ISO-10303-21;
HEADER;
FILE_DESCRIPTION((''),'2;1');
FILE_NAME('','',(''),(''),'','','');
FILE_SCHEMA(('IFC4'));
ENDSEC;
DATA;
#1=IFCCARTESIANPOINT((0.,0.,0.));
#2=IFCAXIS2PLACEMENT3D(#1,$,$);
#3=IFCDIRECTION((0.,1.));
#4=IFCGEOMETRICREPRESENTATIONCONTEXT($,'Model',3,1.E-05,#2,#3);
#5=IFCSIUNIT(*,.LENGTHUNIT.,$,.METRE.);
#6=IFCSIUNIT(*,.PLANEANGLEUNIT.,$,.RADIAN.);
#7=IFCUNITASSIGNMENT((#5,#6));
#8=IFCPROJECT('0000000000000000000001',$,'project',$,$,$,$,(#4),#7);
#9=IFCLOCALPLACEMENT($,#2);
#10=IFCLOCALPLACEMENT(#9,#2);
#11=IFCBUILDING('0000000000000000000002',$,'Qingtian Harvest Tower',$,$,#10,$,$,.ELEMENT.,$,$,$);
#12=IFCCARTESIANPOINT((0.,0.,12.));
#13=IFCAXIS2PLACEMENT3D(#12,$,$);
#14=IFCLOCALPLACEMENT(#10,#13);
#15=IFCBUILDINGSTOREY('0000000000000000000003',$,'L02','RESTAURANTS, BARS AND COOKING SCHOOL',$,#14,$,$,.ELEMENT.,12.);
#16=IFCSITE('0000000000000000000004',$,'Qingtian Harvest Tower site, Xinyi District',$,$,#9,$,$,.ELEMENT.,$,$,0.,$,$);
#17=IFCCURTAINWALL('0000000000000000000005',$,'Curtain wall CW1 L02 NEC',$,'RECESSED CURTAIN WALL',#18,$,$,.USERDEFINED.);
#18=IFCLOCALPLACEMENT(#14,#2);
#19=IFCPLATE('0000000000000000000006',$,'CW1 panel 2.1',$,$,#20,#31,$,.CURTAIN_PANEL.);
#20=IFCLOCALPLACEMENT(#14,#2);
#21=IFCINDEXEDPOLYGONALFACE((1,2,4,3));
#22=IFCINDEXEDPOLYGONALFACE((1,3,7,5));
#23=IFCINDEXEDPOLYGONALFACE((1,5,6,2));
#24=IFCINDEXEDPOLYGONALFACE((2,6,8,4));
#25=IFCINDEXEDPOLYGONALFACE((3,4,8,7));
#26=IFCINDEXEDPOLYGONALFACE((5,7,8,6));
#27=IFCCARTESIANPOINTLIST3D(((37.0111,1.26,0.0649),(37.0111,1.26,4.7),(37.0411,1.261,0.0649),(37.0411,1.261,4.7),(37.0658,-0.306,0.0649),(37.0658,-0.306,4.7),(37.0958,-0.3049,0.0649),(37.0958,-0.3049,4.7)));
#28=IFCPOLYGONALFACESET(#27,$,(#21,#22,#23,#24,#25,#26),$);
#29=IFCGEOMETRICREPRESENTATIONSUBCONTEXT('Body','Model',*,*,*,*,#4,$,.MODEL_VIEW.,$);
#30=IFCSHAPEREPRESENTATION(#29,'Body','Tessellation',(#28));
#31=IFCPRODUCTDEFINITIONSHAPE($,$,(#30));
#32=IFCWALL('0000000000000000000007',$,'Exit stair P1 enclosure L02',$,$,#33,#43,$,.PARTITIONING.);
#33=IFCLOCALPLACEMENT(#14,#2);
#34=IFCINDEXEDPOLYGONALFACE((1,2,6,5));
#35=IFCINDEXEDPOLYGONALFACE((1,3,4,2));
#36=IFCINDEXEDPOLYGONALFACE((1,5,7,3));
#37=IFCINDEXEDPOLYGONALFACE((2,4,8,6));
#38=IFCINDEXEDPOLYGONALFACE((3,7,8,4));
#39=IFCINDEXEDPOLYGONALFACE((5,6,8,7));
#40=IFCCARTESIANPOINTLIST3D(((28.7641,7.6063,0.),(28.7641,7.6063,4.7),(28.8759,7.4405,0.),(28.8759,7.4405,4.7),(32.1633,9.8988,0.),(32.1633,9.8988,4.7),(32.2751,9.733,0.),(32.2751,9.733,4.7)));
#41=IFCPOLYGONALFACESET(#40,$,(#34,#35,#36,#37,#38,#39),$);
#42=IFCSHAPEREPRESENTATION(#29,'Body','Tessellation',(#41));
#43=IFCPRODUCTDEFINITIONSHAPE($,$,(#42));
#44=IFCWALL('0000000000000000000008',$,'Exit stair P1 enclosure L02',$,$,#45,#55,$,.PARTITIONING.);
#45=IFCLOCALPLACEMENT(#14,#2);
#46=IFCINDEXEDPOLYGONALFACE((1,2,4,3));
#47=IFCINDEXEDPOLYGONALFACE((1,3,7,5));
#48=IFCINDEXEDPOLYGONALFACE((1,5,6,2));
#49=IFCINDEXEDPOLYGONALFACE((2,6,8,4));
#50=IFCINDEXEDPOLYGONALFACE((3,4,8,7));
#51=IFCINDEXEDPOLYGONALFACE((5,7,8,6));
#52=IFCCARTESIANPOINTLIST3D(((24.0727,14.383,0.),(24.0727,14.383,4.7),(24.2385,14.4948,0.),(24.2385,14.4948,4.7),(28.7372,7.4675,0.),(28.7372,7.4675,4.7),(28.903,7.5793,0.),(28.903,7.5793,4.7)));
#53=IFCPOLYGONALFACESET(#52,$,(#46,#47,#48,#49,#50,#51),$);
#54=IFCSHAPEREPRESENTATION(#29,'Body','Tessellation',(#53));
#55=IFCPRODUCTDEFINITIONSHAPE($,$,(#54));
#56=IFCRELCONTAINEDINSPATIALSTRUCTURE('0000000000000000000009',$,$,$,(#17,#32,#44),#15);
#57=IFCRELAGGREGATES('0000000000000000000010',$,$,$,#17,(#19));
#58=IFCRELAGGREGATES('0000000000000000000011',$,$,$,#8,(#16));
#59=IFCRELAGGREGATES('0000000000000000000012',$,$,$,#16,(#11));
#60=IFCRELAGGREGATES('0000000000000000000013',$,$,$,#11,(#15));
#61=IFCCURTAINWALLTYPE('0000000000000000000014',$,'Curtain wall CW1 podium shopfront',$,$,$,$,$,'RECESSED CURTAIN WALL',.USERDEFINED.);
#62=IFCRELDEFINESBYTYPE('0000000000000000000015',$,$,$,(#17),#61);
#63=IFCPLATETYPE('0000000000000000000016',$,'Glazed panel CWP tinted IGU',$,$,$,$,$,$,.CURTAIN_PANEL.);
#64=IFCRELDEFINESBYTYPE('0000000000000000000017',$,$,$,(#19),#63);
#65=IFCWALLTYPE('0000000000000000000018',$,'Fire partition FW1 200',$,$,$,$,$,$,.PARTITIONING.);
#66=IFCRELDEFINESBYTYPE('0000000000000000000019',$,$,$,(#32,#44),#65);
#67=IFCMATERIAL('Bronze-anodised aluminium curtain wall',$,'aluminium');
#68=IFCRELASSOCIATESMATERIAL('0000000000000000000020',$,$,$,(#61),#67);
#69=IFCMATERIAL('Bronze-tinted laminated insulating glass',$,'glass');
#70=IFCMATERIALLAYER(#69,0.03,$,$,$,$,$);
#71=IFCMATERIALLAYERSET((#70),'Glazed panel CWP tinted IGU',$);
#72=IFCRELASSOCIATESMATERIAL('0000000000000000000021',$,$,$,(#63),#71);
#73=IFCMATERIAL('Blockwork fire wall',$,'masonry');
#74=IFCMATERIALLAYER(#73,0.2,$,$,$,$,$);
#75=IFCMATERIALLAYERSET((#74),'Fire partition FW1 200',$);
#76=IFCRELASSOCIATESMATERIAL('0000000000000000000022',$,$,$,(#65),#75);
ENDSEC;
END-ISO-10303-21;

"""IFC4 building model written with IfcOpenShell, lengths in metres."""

from ifc_helpers import new_model, si_unit, direction, frame, frame_2d, origin, origin_2d, place, context, subcontext, project, spatial, rectangle, extrude, material, layer, layer_set, type_object, element, aggregate, save


model = new_model("IFC4")

# Units and contexts
model_context = context("Model", 3, precision=1e-05, world=origin(), true_north=direction((0.0, 1.0)))
body_context = subcontext(model_context, "Body", "Model", "MODEL_VIEW")
ifc_project = project(units=[si_unit("LENGTHUNIT", "METRE"), si_unit("PLANEANGLEUNIT", "RADIAN")], contexts=[model_context])

# Site, building, storey
site_placement = place(None, origin())
site = spatial("IfcSite", under=ifc_project, at=site_placement, Name="Qingtian Harvest Tower site, Xinyi District", CompositionType="ELEMENT", RefElevation=0.0)
building_placement = place(site_placement, origin())
building = spatial("IfcBuilding", under=site, at=building_placement, Name="Qingtian Harvest Tower", CompositionType="ELEMENT")
storey_placement = place(building_placement, frame((0.0, 0.0, 12.0)))
storey = spatial("IfcBuildingStorey", under=building, at=storey_placement, Name="L02", Description="RESTAURANTS, BARS AND COOKING SCHOOL", CompositionType="ELEMENT", Elevation=12.0)

# Curtain wall
ifc_material_1 = material(Name="Bronze-anodised aluminium curtain wall", Category="aluminium")
curtain_wall_type = type_object("IfcCurtainWallType", Name="Curtain wall CW1 podium shopfront", ElementType="RECESSED CURTAIN WALL", PredefinedType="USERDEFINED", material=ifc_material_1)
curtain_wall_1_placement = place(storey_placement, origin())
curtain_wall_1 = element("IfcCurtainWall", 1, at=curtain_wall_1_placement, inside=storey, type_object=curtain_wall_type, Name="Curtain wall CW1 L02 NEC", ObjectType="RECESSED CURTAIN WALL", PredefinedType="USERDEFINED")

# Plate
ifc_material_2 = material(Name="Bronze-tinted laminated insulating glass", Category="glass")
ifc_layer_1 = layer(ifc_material_2, 0.03)
ifc_layer_set_1 = layer_set([ifc_layer_1], Name="Glazed panel CWP tinted IGU")
plate_type = type_object("IfcPlateType", Name="Glazed panel CWP tinted IGU", PredefinedType="CURTAIN_PANEL", material=ifc_layer_set_1)
plate_1_placement = place(storey_placement, frame((37.0535, 0.4775, 0.0649), z_axis=(0.0, 0.0, 1.0), x_axis=(0.034899, -0.999391, 0.0)))
plate_1 = element("IfcPlate", 2, at=plate_1_placement, type_object=plate_type, Name="CW1 panel 2.1", PredefinedType="CURTAIN_PANEL", context=body_context, shape_type="SweptSolid", body=[
    extrude(rectangle(XDim=1.5669, YDim=0.03, at=origin_2d()), origin(), (0.0, 0.0, 1.0), 4.635),
])
aggregate(curtain_wall_1, [plate_1])

# Walls
ifc_material_3 = material(Name="Blockwork fire wall", Category="masonry")
ifc_layer_2 = layer(ifc_material_3, 0.2)
ifc_layer_set_2 = layer_set([ifc_layer_2], Name="Fire partition FW1 200")
wall_type = type_object("IfcWallType", Name="Fire partition FW1 200", PredefinedType="PARTITIONING", material=ifc_layer_set_2)
wall_1_placement = place(storey_placement, frame((32.2192, 9.8159, 0.0), z_axis=(0.0, 0.0, 1.0), x_axis=(-0.82907, -0.559145, 0.0)))
element("IfcWall", 3, at=wall_1_placement, inside=storey, type_object=wall_type, Name="Exit stair P1 enclosure L02", PredefinedType="PARTITIONING", context=body_context, shape_type="SweptSolid", body=[
    extrude(rectangle(XDim=4.1001, YDim=0.2, at=frame_2d((2.05, 0.0))), origin(), (0.0, 0.0, 1.0), 4.7),
])
wall_2_placement = place(storey_placement, frame((24.1555, 14.439, 0.0), z_axis=(0.0, 0.0, 1.0), x_axis=(0.55919, -0.829039, 0.0)))
element("IfcWall", 4, at=wall_2_placement, inside=storey, type_object=wall_type, Name="Exit stair P1 enclosure L02", PredefinedType="PARTITIONING", context=body_context, shape_type="SweptSolid", body=[
    extrude(rectangle(XDim=8.3416, YDim=0.2, at=frame_2d((4.1709, 0.0))), origin(), (0.0, 0.0, 1.0), 4.7),
])

save(model, "model.ifc")
